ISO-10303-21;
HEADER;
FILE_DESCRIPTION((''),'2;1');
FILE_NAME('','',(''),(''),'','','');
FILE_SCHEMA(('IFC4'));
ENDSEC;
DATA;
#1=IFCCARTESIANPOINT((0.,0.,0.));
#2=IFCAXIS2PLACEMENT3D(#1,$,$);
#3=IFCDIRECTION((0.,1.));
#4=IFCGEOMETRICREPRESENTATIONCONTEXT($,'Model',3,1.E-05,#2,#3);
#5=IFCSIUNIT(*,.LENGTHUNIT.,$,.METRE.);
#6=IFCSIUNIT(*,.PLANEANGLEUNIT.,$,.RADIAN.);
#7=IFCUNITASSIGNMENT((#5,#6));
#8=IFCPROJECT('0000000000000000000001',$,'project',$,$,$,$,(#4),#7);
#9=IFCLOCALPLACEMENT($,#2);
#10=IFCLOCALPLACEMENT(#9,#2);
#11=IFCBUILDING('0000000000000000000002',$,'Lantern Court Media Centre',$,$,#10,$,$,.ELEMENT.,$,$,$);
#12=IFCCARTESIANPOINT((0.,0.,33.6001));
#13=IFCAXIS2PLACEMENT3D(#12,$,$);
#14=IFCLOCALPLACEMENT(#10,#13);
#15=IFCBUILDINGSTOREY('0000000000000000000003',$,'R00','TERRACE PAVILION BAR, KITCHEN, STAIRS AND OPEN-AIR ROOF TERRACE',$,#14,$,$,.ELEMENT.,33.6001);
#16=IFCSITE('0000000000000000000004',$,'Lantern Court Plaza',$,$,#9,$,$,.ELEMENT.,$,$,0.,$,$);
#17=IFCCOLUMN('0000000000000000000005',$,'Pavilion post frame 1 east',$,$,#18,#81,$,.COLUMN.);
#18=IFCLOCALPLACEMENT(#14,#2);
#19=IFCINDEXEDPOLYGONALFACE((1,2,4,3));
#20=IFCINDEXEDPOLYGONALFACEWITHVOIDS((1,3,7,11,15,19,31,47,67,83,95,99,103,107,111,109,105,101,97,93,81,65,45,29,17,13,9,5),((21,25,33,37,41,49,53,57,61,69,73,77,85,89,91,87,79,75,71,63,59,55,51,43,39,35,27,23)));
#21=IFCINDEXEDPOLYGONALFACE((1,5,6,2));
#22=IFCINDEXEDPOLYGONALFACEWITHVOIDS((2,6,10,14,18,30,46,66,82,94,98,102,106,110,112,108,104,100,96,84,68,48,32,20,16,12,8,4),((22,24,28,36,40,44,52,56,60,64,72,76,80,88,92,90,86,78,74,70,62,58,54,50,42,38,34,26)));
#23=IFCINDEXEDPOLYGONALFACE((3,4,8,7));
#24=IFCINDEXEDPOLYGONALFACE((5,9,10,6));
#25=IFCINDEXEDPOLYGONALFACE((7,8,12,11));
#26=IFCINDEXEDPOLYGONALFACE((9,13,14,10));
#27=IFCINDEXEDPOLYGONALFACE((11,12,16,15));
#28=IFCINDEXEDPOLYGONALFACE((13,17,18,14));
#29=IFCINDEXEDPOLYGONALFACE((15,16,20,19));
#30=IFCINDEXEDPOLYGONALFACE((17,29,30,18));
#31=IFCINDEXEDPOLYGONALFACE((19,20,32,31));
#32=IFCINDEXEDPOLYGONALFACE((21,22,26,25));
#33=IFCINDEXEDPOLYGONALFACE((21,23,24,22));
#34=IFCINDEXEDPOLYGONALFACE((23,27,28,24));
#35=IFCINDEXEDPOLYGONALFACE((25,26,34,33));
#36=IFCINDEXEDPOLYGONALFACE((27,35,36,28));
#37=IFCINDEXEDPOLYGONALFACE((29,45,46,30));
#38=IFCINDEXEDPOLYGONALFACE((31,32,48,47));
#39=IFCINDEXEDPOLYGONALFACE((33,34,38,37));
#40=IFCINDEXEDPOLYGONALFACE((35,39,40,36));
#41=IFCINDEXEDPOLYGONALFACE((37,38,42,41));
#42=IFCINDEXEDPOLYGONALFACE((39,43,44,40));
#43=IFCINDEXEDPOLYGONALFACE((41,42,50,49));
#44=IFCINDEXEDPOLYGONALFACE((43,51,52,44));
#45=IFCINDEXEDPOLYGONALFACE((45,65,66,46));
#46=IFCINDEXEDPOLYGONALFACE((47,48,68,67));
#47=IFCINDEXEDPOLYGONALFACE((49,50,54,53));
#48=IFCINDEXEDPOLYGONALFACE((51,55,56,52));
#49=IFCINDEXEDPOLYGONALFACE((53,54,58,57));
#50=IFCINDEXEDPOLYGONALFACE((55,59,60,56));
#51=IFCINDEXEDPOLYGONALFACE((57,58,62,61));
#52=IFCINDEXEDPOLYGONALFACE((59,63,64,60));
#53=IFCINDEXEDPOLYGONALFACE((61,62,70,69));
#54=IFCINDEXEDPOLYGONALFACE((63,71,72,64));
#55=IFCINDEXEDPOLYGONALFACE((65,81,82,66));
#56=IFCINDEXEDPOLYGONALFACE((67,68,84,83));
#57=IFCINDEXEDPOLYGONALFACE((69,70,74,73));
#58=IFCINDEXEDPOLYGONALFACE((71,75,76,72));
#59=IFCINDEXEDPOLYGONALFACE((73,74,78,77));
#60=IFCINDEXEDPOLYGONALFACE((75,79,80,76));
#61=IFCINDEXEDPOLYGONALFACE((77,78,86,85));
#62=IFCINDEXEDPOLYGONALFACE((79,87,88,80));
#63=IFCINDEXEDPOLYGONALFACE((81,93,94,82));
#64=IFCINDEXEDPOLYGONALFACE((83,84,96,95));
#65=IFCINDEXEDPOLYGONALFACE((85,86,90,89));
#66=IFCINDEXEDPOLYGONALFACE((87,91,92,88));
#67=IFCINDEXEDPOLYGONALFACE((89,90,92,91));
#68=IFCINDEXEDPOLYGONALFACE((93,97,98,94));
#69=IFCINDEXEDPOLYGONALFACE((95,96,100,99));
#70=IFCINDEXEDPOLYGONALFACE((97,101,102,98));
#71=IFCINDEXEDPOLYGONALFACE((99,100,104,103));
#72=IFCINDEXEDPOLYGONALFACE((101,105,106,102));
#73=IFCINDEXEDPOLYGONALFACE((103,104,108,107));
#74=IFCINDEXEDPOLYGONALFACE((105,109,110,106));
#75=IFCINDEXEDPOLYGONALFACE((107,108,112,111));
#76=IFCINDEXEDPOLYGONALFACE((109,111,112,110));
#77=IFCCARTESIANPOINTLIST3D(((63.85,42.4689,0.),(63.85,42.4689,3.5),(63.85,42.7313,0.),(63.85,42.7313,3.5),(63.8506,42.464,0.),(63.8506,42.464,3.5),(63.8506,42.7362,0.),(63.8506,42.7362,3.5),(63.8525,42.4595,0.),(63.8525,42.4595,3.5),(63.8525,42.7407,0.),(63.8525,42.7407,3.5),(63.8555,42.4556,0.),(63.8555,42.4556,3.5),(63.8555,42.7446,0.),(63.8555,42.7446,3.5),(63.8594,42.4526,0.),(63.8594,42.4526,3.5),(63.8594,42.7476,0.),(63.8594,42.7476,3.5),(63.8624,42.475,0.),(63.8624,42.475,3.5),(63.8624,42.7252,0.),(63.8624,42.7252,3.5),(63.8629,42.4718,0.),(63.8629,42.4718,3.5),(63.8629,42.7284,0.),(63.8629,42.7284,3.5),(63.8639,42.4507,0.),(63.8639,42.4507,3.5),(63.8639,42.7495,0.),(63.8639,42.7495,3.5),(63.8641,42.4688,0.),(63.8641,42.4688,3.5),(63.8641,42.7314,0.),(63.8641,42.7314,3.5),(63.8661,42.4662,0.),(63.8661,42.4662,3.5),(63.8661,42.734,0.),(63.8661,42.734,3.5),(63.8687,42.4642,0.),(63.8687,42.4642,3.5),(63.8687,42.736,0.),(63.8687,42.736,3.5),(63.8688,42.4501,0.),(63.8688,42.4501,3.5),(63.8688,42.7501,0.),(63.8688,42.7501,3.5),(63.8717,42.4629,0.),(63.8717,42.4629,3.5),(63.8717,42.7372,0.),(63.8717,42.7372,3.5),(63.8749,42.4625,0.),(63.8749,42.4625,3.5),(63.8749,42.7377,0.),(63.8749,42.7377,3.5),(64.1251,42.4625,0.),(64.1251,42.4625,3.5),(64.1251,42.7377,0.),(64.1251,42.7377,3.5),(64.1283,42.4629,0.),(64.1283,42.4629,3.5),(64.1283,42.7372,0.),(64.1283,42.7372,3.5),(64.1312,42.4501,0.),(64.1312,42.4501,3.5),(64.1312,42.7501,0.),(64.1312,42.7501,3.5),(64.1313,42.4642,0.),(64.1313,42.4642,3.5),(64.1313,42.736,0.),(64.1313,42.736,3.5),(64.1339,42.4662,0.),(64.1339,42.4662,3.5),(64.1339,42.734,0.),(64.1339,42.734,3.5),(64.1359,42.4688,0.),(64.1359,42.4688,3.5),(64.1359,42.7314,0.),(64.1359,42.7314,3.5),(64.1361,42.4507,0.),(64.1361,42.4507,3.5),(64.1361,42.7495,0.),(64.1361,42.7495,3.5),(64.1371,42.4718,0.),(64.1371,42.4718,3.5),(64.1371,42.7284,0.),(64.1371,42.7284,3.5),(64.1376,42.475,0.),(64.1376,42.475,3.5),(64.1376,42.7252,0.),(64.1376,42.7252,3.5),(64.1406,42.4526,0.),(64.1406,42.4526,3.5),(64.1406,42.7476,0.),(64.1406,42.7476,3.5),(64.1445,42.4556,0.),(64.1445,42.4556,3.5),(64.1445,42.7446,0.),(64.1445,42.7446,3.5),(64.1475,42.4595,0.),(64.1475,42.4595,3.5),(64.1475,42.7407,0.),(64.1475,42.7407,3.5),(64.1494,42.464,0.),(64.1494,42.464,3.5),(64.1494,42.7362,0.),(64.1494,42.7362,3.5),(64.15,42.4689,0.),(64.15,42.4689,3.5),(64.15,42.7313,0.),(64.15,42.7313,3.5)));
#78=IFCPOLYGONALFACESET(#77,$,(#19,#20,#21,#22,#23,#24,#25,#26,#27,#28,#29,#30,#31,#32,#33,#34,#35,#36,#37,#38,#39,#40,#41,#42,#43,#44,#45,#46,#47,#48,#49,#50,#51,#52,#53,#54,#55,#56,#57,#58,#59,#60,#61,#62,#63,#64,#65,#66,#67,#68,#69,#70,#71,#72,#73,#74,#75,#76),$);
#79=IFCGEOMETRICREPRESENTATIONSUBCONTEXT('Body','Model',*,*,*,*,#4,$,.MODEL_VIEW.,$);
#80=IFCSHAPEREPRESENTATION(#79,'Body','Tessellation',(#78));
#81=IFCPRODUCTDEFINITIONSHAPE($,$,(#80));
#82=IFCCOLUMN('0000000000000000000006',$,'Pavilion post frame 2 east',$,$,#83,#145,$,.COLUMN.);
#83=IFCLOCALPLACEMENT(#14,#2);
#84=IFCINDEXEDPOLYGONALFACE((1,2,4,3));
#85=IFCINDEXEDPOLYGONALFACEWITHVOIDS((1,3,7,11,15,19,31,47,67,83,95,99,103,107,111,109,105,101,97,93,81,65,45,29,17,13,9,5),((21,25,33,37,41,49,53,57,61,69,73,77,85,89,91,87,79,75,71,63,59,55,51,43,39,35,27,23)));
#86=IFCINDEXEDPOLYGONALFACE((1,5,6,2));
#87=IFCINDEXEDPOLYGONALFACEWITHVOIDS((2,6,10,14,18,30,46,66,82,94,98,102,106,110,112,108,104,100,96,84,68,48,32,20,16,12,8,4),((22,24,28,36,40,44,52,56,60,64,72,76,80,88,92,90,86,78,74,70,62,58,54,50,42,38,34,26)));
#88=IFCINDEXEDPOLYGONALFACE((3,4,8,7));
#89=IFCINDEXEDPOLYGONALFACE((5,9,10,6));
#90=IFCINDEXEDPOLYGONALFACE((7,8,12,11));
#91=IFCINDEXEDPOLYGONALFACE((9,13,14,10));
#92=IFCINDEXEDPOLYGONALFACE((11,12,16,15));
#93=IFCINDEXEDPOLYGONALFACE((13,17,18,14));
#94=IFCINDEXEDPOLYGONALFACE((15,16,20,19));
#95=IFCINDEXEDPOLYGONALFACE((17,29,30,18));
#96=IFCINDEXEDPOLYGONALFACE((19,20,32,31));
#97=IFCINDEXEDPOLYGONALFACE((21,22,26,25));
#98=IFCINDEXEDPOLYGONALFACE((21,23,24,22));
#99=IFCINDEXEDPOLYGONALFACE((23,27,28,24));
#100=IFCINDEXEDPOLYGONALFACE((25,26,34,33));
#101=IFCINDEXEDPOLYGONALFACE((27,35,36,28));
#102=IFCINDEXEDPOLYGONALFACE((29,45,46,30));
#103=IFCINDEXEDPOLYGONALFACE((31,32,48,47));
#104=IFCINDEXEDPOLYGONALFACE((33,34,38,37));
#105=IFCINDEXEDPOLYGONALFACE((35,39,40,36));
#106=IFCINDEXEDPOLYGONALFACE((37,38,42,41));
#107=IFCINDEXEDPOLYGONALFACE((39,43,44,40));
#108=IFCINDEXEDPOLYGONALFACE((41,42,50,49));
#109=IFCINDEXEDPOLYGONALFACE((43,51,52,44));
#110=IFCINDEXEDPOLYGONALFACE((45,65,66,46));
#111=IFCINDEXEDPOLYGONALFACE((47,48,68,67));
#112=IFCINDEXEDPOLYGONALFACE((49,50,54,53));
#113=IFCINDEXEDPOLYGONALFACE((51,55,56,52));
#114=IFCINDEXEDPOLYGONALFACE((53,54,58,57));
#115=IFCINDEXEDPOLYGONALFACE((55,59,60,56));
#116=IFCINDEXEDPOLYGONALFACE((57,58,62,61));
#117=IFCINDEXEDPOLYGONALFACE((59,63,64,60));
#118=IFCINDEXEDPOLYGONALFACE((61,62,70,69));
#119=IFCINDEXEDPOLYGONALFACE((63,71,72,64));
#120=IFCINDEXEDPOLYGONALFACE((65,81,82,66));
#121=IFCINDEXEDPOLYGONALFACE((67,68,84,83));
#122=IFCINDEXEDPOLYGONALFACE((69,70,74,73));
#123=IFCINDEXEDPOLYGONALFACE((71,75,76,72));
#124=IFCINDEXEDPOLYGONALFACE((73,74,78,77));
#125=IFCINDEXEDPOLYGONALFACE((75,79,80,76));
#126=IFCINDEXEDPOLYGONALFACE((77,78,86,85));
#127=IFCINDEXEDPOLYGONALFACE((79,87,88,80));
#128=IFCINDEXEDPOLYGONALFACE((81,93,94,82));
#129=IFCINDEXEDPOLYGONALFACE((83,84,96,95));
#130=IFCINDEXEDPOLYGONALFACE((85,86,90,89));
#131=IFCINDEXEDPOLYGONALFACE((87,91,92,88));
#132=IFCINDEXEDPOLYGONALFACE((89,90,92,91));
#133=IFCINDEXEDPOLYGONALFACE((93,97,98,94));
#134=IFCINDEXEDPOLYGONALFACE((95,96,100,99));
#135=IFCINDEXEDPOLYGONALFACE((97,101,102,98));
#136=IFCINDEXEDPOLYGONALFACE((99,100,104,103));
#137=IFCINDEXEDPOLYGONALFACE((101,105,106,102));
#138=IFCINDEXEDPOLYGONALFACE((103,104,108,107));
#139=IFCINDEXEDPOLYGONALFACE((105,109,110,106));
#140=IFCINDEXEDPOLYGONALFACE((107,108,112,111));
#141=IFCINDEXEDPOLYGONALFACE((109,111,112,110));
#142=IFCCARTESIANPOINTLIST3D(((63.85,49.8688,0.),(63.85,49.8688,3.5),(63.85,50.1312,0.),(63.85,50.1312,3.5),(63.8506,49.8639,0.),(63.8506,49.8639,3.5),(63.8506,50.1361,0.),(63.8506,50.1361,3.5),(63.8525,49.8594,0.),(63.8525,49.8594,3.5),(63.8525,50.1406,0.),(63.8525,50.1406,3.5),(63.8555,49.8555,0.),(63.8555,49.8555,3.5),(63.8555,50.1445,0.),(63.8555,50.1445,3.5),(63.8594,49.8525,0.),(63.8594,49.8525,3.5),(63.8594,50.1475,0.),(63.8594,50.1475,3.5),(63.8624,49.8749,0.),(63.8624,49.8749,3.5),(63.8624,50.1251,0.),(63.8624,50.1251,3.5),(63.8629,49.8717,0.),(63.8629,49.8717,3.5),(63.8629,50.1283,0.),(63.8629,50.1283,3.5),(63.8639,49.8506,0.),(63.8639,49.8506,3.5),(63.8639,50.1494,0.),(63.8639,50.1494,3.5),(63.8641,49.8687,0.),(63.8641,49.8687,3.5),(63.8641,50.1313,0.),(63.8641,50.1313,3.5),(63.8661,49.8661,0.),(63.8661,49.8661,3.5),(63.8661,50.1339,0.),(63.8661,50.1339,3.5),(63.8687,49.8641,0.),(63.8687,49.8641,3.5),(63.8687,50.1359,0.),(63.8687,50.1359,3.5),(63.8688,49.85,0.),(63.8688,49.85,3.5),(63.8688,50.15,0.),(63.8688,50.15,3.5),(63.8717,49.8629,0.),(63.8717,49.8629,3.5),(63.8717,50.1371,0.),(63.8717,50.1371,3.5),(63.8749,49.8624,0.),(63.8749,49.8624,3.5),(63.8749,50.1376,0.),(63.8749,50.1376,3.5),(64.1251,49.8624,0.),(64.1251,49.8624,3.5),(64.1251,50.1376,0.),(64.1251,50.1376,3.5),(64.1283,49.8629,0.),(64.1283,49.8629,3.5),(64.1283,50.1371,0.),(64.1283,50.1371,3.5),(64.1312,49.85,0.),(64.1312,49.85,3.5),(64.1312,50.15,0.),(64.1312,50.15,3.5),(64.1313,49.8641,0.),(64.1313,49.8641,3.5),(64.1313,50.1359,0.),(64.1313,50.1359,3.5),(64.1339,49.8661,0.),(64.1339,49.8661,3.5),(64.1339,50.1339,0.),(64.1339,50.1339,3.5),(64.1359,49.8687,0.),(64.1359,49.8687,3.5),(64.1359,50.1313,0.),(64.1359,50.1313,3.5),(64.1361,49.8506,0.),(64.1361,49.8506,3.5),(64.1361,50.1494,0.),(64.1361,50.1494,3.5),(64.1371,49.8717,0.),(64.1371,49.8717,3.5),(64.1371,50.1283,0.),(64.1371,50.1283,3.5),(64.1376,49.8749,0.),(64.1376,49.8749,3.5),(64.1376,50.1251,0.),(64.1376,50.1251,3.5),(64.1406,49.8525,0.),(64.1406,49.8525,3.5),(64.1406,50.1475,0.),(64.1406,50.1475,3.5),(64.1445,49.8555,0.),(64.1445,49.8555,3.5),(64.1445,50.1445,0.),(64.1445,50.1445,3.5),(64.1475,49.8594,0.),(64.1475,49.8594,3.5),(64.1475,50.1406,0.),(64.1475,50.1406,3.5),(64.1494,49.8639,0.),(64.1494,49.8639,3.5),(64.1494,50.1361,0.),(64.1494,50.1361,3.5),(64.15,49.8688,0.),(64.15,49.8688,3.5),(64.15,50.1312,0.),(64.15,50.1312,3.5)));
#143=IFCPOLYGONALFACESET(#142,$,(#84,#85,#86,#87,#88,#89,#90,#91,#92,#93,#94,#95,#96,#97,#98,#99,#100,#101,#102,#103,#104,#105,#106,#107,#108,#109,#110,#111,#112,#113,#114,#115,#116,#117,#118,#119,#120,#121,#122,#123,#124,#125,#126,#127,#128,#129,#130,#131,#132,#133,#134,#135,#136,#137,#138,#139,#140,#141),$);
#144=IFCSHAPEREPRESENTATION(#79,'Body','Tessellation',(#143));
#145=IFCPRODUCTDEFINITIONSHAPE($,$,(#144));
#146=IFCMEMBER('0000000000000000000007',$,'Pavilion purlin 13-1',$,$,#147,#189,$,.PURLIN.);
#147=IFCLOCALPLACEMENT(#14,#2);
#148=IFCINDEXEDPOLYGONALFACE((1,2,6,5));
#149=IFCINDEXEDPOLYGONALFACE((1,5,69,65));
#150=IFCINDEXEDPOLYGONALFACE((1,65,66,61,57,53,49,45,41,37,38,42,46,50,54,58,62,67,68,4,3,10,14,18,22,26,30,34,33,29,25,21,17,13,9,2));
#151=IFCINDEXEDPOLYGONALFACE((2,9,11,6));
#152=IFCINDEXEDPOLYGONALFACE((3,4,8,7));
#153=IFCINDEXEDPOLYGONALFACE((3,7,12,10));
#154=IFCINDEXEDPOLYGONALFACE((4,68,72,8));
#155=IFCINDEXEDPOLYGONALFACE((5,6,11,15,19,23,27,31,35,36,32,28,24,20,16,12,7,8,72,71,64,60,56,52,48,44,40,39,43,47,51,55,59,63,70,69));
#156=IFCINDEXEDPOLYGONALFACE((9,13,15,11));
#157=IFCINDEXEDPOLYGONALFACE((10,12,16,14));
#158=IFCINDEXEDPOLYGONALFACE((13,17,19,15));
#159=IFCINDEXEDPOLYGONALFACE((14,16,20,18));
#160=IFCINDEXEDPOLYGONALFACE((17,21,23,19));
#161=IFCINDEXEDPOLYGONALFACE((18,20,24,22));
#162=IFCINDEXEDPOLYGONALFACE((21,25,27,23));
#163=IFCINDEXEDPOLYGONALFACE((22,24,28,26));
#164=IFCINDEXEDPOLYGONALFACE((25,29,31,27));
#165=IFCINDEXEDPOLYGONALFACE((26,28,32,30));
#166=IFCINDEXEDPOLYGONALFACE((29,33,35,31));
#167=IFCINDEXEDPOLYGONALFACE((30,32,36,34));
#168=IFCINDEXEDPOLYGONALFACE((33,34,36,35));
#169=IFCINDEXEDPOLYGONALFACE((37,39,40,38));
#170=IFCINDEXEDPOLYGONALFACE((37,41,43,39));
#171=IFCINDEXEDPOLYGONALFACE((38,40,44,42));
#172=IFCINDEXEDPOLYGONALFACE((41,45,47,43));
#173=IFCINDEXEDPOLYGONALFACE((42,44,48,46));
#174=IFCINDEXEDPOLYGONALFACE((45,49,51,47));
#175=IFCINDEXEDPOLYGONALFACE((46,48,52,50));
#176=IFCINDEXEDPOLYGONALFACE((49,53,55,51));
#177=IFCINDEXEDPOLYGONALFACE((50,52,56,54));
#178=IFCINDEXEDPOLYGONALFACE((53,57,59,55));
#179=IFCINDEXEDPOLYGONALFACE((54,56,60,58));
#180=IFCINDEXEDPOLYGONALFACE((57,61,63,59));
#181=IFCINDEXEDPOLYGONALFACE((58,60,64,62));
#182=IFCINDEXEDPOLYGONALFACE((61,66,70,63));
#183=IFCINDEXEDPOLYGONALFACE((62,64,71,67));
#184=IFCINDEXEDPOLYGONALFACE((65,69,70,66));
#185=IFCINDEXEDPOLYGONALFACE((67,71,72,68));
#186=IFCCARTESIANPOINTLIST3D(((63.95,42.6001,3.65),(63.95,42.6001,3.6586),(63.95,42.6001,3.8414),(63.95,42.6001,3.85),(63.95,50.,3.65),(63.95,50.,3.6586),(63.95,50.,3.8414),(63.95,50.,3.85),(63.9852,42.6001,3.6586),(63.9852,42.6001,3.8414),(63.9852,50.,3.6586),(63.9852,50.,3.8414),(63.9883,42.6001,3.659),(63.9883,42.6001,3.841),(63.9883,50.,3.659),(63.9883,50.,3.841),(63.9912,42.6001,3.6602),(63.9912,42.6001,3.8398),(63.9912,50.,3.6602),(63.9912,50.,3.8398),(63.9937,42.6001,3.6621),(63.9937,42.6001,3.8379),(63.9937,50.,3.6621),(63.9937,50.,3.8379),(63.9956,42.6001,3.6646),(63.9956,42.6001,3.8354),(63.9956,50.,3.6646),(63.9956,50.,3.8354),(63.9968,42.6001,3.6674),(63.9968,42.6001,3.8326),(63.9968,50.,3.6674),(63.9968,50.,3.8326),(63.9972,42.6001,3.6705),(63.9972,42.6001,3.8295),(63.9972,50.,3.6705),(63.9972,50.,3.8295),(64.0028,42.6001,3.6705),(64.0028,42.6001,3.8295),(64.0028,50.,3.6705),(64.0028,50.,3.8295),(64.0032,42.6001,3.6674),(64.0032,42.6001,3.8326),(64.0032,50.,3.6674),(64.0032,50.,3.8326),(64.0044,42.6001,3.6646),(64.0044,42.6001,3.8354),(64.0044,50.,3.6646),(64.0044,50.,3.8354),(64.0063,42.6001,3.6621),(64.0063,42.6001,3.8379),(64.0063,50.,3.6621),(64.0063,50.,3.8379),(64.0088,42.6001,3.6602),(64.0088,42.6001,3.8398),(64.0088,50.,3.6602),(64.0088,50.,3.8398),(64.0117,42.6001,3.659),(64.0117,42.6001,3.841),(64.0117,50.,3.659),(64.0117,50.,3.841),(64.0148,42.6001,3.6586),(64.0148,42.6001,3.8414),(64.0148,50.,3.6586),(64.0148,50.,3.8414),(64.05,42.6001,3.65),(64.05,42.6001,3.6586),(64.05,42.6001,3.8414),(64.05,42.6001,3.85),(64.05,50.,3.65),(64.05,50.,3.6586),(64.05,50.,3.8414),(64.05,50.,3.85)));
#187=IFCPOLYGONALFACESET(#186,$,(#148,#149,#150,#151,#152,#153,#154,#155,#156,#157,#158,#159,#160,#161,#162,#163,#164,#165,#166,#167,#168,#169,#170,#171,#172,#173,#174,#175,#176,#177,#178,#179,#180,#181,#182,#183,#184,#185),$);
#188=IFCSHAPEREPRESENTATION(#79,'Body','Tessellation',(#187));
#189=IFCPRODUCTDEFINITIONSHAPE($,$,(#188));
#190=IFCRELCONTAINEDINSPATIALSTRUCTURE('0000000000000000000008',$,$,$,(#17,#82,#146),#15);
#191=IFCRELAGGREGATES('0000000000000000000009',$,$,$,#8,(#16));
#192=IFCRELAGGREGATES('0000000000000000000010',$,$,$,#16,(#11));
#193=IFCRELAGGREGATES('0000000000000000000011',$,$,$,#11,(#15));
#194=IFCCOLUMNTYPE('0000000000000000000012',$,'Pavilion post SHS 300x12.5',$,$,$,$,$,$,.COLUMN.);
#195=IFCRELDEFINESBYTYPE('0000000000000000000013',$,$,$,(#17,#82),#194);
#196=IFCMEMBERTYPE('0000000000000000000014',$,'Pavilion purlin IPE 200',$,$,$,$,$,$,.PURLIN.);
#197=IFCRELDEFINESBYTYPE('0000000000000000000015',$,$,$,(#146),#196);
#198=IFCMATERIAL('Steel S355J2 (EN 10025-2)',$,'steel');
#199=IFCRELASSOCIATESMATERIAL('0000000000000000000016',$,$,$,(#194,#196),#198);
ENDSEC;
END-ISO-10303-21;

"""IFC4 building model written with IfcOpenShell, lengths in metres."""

from ifc_helpers import new_model, si_unit, direction, frame, origin, origin_2d, place, context, subcontext, project, spatial, hollow_rectangle, i_section, extrude, material, material_profile, profile_set, type_object, element, save


model = new_model("IFC4")

# Units and contexts
model_context = context("Model", 3, precision=1e-05, world=origin(), true_north=direction((0.0, 1.0)))
body_context = subcontext(model_context, "Body", "Model", "MODEL_VIEW")
ifc_project = project(units=[si_unit("LENGTHUNIT", "METRE"), si_unit("PLANEANGLEUNIT", "RADIAN")], contexts=[model_context])

# Site, building, storey
site_placement = place(None, origin())
site = spatial("IfcSite", under=ifc_project, at=site_placement, Name="Lantern Court Plaza", CompositionType="ELEMENT", RefElevation=0.0)
building_placement = place(site_placement, origin())
building = spatial("IfcBuilding", under=site, at=building_placement, Name="Lantern Court Media Centre", CompositionType="ELEMENT")
storey_placement = place(building_placement, frame((0.0, 0.0, 33.6001)))
storey = spatial("IfcBuildingStorey", under=building, at=storey_placement, Name="R00", Description="TERRACE PAVILION BAR, KITCHEN, STAIRS AND OPEN-AIR ROOF TERRACE", CompositionType="ELEMENT", Elevation=33.6001)

# Columns
ifc_material_1 = material(Name="Steel S355J2 (EN 10025-2)", Category="steel")
ifc_material_profile_1 = material_profile(ifc_material_1, hollow_rectangle(XDim=0.3, YDim=0.3, WallThickness=0.0125, InnerFilletRadius=0.0125, OuterFilletRadius=0.0188, at=origin_2d()), Name="Pavilion post SHS 300x12.5")
ifc_profile_set_1 = profile_set([ifc_material_profile_1], Name="Steel S355J2 (EN 10025-2)")
column_type = type_object("IfcColumnType", Name="Pavilion post SHS 300x12.5", PredefinedType="COLUMN", material=ifc_profile_set_1)
for number, where, z_axis, x_axis, name in (
    (1, (64.0, 42.6001, 0.0), (0.0, 0.0, 1.0), (1.0, 0.0, 0.0), "Pavilion post frame 1 east"),
    (2, (64.0, 50.0, 0.0), (0.0, 0.0, 1.0), (1.0, 0.0, 0.0), "Pavilion post frame 2 east"),
):
    element("IfcColumn", number, at=place(storey_placement, frame(where, z_axis=z_axis, x_axis=x_axis)), inside=storey, type_object=column_type, Name=name, PredefinedType="COLUMN", context=body_context, shape_type="SweptSolid", body=[
        extrude(hollow_rectangle(XDim=0.3, YDim=0.3, WallThickness=0.0125, InnerFilletRadius=0.0125, OuterFilletRadius=0.0188, at=origin_2d()), origin(), (0.0, 0.0, 1.0), 3.5),
    ])

# Member
ifc_material_profile_2 = material_profile(ifc_material_1, i_section(OverallWidth=0.1001, OverallDepth=0.2, WebThickness=0.0056, FlangeThickness=0.0085, FilletRadius=0.012, at=origin_2d()), Name="IPE 200")
ifc_profile_set_2 = profile_set([ifc_material_profile_2], Name="Steel S355J2 (EN 10025-2)")
member_type = type_object("IfcMemberType", Name="Pavilion purlin IPE 200", PredefinedType="PURLIN", material=ifc_profile_set_2)
for number, where, z_axis, x_axis, name in (
    (3, (64.0, 42.6001, 3.75), (0.0, 1.0, 0.0), (-1.0, 0.0, 0.0), "Pavilion purlin 13-1"),
):
    element("IfcMember", number, at=place(storey_placement, frame(where, z_axis=z_axis, x_axis=x_axis)), inside=storey, type_object=member_type, Name=name, PredefinedType="PURLIN", context=body_context, shape_type="SweptSolid", body=[
        extrude(i_section(OverallWidth=0.1001, OverallDepth=0.2, WebThickness=0.0056, FlangeThickness=0.0085, FilletRadius=0.012, at=origin_2d()), origin(), (0.0, 0.0, 1.0), 7.3999),
    ])

save(model, "model.ifc")
